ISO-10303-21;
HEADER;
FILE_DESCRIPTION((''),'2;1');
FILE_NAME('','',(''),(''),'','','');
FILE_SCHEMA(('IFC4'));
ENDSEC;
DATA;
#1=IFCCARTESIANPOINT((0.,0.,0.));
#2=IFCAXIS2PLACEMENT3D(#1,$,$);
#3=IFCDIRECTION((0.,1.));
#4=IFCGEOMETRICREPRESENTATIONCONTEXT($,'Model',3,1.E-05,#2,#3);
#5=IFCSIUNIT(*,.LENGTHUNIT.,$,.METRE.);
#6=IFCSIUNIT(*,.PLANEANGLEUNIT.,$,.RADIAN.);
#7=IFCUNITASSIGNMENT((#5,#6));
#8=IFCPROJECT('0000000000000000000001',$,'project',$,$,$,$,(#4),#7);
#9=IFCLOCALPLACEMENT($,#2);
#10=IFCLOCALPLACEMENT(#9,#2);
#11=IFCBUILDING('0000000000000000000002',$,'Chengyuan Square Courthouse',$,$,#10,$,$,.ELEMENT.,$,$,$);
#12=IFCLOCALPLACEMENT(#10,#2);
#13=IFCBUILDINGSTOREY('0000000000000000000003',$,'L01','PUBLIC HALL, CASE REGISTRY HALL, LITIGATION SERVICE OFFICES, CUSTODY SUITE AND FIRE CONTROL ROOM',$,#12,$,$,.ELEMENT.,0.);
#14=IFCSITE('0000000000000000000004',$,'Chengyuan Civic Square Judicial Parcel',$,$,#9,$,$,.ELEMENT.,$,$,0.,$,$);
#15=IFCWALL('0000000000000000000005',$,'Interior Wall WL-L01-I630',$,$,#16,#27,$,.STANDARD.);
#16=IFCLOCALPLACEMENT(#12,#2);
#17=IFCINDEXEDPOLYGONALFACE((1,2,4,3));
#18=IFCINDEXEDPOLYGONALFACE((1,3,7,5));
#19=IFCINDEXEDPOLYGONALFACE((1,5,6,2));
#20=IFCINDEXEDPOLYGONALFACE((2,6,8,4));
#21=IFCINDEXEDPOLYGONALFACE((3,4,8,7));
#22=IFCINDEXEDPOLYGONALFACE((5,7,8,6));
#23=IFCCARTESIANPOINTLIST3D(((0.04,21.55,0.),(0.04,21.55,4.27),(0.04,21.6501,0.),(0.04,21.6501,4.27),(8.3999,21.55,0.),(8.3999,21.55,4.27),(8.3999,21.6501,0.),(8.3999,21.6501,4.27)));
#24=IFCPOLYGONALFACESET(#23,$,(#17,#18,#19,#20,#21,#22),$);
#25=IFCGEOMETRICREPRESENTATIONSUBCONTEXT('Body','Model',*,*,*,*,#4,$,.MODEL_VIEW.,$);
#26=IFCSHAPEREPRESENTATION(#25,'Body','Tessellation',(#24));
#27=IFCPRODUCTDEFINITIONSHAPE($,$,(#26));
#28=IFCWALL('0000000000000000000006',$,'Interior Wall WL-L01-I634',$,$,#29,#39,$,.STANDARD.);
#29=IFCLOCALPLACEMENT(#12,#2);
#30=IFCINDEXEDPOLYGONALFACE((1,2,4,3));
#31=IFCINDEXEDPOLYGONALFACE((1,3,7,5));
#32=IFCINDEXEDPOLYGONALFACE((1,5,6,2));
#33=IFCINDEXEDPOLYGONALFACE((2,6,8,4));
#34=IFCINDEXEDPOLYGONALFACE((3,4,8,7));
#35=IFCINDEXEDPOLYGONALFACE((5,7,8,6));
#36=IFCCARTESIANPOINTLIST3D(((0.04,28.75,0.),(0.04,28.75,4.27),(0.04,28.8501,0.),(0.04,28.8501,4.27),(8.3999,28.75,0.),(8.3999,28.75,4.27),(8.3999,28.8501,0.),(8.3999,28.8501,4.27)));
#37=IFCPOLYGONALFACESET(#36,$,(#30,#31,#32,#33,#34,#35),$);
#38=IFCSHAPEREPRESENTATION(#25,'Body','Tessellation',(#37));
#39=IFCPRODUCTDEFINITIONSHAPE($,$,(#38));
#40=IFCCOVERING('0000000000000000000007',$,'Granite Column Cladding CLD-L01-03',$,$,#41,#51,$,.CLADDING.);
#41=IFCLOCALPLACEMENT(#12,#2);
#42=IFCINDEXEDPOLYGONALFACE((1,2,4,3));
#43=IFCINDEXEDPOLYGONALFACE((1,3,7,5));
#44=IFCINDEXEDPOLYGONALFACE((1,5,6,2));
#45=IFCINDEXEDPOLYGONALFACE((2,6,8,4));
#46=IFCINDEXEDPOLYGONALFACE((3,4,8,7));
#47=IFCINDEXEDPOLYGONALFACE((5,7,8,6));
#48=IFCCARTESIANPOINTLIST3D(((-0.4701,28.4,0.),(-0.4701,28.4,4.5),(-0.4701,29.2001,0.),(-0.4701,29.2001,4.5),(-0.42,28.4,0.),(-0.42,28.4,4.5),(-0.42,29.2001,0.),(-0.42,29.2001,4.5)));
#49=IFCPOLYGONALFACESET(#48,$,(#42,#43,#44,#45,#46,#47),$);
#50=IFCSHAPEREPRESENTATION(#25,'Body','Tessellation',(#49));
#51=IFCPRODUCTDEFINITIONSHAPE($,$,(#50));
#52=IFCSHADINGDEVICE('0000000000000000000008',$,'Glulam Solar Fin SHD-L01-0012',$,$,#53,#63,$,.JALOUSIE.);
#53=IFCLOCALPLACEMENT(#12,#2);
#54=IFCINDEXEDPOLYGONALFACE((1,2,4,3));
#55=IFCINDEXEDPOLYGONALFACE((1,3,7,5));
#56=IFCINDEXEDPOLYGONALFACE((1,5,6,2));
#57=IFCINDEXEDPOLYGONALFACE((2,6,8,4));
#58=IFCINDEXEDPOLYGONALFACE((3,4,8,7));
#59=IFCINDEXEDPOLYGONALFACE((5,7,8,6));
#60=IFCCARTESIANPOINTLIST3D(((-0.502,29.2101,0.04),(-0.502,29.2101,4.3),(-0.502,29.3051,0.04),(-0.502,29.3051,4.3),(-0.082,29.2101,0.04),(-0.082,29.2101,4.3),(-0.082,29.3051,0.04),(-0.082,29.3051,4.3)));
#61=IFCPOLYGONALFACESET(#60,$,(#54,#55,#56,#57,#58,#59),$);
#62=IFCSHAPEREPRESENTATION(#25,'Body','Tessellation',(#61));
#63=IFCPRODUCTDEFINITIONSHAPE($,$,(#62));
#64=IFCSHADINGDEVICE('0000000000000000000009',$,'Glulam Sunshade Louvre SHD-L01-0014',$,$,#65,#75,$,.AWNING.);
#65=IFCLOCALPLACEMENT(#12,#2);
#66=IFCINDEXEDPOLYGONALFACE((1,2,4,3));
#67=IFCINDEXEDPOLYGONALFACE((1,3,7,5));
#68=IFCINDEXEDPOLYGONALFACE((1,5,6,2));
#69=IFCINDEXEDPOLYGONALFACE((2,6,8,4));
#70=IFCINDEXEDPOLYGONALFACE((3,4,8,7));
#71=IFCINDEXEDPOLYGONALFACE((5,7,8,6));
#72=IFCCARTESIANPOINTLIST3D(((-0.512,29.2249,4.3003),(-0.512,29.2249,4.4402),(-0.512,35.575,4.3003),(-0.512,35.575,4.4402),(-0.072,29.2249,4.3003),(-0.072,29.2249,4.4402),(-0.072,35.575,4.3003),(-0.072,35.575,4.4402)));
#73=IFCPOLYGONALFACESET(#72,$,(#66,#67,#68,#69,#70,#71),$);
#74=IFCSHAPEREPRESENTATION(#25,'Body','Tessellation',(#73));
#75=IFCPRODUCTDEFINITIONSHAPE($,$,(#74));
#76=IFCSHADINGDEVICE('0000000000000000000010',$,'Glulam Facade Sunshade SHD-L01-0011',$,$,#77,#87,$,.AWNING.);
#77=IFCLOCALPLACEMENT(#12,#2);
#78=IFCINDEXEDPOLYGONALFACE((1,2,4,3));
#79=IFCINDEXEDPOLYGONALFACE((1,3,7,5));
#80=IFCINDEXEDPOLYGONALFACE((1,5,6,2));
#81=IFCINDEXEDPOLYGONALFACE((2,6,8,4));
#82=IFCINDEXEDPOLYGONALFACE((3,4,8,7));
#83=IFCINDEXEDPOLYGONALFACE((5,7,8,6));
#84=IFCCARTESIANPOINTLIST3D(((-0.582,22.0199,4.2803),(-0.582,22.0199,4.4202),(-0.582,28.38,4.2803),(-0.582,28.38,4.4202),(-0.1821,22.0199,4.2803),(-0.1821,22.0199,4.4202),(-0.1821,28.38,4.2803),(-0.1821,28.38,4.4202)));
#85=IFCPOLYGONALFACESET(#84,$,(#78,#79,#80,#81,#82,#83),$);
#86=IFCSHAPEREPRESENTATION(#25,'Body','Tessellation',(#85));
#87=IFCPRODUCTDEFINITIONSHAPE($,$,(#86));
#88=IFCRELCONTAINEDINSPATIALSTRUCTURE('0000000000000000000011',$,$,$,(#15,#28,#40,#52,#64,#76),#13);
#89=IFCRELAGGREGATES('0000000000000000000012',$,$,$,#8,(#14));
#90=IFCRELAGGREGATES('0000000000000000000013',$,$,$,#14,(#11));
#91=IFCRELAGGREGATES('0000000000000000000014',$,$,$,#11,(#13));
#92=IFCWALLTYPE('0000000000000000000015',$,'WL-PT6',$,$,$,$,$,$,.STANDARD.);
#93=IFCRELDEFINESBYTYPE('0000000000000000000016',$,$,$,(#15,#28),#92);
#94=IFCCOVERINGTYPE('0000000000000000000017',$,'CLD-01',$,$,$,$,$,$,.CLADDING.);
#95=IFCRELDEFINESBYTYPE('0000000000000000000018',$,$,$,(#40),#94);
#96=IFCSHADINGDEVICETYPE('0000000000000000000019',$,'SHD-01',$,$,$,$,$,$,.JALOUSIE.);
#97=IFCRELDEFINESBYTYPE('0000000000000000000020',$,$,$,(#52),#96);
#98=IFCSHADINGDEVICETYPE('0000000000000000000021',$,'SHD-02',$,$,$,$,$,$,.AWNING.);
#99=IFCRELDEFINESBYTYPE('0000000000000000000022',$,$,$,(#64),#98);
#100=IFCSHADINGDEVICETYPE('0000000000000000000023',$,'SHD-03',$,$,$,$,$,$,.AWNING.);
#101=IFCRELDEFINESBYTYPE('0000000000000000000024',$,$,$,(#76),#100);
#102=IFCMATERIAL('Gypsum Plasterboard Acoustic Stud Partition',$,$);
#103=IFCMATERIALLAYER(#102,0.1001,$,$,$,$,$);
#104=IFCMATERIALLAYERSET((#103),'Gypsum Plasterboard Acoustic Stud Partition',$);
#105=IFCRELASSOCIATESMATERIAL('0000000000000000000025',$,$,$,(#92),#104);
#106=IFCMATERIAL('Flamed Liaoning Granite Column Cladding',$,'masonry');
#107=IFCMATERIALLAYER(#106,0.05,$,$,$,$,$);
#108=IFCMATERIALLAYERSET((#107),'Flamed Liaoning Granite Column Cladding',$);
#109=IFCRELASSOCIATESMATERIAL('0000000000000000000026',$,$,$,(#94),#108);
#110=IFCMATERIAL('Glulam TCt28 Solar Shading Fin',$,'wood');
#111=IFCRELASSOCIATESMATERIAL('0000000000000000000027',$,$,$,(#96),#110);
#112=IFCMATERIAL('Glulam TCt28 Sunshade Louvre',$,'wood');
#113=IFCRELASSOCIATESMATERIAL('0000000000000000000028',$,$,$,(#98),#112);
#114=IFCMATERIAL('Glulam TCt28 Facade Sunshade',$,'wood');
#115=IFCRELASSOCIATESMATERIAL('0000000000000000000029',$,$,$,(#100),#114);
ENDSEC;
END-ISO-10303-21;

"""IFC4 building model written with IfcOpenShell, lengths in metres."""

from ifc_helpers import new_model, si_unit, direction, frame, frame_2d, origin, origin_2d, place, context, subcontext, project, spatial, rectangle, extrude, material, layer, layer_set, type_object, element, save


model = new_model("IFC4")

# Units and contexts
model_context = context("Model", 3, precision=1e-05, world=origin(), true_north=direction((0.0, 1.0)))
body_context = subcontext(model_context, "Body", "Model", "MODEL_VIEW")
ifc_project = project(units=[si_unit("LENGTHUNIT", "METRE"), si_unit("PLANEANGLEUNIT", "RADIAN")], contexts=[model_context])

# Site, building, storey
site_placement = place(None, origin())
site = spatial("IfcSite", under=ifc_project, at=site_placement, Name="Chengyuan Civic Square Judicial Parcel", CompositionType="ELEMENT", RefElevation=0.0)
building_placement = place(site_placement, origin())
building = spatial("IfcBuilding", under=site, at=building_placement, Name="Chengyuan Square Courthouse", CompositionType="ELEMENT")
storey_placement = place(building_placement, origin())
storey = spatial("IfcBuildingStorey", under=building, at=storey_placement, Name="L01", Description="PUBLIC HALL, CASE REGISTRY HALL, LITIGATION SERVICE OFFICES, CUSTODY SUITE AND FIRE CONTROL ROOM", CompositionType="ELEMENT", Elevation=0.0)

# Walls
ifc_material_1 = material(Name="Gypsum Plasterboard Acoustic Stud Partition")
ifc_layer_1 = layer(ifc_material_1, 0.1001)
ifc_layer_set_1 = layer_set([ifc_layer_1], Name="Gypsum Plasterboard Acoustic Stud Partition")
wall_type_1 = type_object("IfcWallType", Name="WL-PT6", PredefinedType="STANDARD", material=ifc_layer_set_1)
for number, where, z_axis, x_axis, name in (
    (1, (0.04, 21.6001, 0.0), (0.0, 0.0, 1.0), (1.0, 0.0, 0.0), "Interior Wall WL-L01-I630"),
    (2, (0.04, 28.8, 0.0), (0.0, 0.0, 1.0), (1.0, 0.0, 0.0), "Interior Wall WL-L01-I634"),
):
    element("IfcWall", number, at=place(storey_placement, frame(where, z_axis=z_axis, x_axis=x_axis)), inside=storey, type_object=wall_type_1, Name=name, PredefinedType="STANDARD", context=body_context, shape_type="SweptSolid", body=[
        extrude(rectangle(XDim=8.3599, YDim=0.1001, at=frame_2d((4.1799, 0.0))), origin(), (0.0, 0.0, 1.0), 4.27),
    ])

# Covering
ifc_material_2 = material(Name="Flamed Liaoning Granite Column Cladding", Category="masonry")
ifc_layer_2 = layer(ifc_material_2, 0.05)
ifc_layer_set_2 = layer_set([ifc_layer_2], Name="Flamed Liaoning Granite Column Cladding")
covering_type = type_object("IfcCoveringType", Name="CLD-01", PredefinedType="CLADDING", material=ifc_layer_set_2)
covering_placement = place(storey_placement, frame((-0.4451, 28.8, 0.0), z_axis=(0.0, 0.0, 1.0), x_axis=(1.0, 0.0, 0.0)))
element("IfcCovering", 3, at=covering_placement, inside=storey, type_object=covering_type, Name="Granite Column Cladding CLD-L01-03", PredefinedType="CLADDING", context=body_context, shape_type="SweptSolid", body=[
    extrude(rectangle(XDim=0.05, YDim=0.8, at=origin_2d()), origin(), (0.0, 0.0, 1.0), 4.5),
])

# Shading devices
ifc_material_3 = material(Name="Glulam TCt28 Solar Shading Fin", Category="wood")
shading_device_type_1 = type_object("IfcShadingDeviceType", Name="SHD-01", PredefinedType="JALOUSIE", material=ifc_material_3)
shading_device_1_placement = place(storey_placement, frame((-0.292, 29.2576, 0.04), z_axis=(0.0, 0.0, 1.0), x_axis=(1.0, 0.0, 0.0)))
element("IfcShadingDevice", 4, at=shading_device_1_placement, inside=storey, type_object=shading_device_type_1, Name="Glulam Solar Fin SHD-L01-0012", PredefinedType="JALOUSIE", context=body_context, shape_type="SweptSolid", body=[
    extrude(rectangle(XDim=0.4199, YDim=0.095, at=origin_2d()), origin(), (0.0, 0.0, 1.0), 4.26),
])
ifc_material_4 = material(Name="Glulam TCt28 Sunshade Louvre", Category="wood")
shading_device_type_2 = type_object("IfcShadingDeviceType", Name="SHD-02", PredefinedType="AWNING", material=ifc_material_4)
shading_device_2_placement = place(storey_placement, frame((-0.292, 32.3999, 4.3003), z_axis=(0.0, 0.0, 1.0), x_axis=(0.0, 1.0, 0.0)))
element("IfcShadingDevice", 5, at=shading_device_2_placement, inside=storey, type_object=shading_device_type_2, Name="Glulam Sunshade Louvre SHD-L01-0014", PredefinedType="AWNING", context=body_context, shape_type="SweptSolid", body=[
    extrude(rectangle(XDim=6.3501, YDim=0.4399, at=origin_2d()), origin(), (0.0, 0.0, 1.0), 0.1399),
])
ifc_material_5 = material(Name="Glulam TCt28 Facade Sunshade", Category="wood")
shading_device_type_3 = type_object("IfcShadingDeviceType", Name="SHD-03", PredefinedType="AWNING", material=ifc_material_5)
shading_device_3_placement = place(storey_placement, frame((-0.3821, 25.2, 4.2803), z_axis=(0.0, 0.0, 1.0), x_axis=(0.0, 1.0, 0.0)))
element("IfcShadingDevice", 6, at=shading_device_3_placement, inside=storey, type_object=shading_device_type_3, Name="Glulam Facade Sunshade SHD-L01-0011", PredefinedType="AWNING", context=body_context, shape_type="SweptSolid", body=[
    extrude(rectangle(XDim=6.3601, YDim=0.3999, at=origin_2d()), origin(), (0.0, 0.0, 1.0), 0.1399),
])

save(model, "model.ifc")
